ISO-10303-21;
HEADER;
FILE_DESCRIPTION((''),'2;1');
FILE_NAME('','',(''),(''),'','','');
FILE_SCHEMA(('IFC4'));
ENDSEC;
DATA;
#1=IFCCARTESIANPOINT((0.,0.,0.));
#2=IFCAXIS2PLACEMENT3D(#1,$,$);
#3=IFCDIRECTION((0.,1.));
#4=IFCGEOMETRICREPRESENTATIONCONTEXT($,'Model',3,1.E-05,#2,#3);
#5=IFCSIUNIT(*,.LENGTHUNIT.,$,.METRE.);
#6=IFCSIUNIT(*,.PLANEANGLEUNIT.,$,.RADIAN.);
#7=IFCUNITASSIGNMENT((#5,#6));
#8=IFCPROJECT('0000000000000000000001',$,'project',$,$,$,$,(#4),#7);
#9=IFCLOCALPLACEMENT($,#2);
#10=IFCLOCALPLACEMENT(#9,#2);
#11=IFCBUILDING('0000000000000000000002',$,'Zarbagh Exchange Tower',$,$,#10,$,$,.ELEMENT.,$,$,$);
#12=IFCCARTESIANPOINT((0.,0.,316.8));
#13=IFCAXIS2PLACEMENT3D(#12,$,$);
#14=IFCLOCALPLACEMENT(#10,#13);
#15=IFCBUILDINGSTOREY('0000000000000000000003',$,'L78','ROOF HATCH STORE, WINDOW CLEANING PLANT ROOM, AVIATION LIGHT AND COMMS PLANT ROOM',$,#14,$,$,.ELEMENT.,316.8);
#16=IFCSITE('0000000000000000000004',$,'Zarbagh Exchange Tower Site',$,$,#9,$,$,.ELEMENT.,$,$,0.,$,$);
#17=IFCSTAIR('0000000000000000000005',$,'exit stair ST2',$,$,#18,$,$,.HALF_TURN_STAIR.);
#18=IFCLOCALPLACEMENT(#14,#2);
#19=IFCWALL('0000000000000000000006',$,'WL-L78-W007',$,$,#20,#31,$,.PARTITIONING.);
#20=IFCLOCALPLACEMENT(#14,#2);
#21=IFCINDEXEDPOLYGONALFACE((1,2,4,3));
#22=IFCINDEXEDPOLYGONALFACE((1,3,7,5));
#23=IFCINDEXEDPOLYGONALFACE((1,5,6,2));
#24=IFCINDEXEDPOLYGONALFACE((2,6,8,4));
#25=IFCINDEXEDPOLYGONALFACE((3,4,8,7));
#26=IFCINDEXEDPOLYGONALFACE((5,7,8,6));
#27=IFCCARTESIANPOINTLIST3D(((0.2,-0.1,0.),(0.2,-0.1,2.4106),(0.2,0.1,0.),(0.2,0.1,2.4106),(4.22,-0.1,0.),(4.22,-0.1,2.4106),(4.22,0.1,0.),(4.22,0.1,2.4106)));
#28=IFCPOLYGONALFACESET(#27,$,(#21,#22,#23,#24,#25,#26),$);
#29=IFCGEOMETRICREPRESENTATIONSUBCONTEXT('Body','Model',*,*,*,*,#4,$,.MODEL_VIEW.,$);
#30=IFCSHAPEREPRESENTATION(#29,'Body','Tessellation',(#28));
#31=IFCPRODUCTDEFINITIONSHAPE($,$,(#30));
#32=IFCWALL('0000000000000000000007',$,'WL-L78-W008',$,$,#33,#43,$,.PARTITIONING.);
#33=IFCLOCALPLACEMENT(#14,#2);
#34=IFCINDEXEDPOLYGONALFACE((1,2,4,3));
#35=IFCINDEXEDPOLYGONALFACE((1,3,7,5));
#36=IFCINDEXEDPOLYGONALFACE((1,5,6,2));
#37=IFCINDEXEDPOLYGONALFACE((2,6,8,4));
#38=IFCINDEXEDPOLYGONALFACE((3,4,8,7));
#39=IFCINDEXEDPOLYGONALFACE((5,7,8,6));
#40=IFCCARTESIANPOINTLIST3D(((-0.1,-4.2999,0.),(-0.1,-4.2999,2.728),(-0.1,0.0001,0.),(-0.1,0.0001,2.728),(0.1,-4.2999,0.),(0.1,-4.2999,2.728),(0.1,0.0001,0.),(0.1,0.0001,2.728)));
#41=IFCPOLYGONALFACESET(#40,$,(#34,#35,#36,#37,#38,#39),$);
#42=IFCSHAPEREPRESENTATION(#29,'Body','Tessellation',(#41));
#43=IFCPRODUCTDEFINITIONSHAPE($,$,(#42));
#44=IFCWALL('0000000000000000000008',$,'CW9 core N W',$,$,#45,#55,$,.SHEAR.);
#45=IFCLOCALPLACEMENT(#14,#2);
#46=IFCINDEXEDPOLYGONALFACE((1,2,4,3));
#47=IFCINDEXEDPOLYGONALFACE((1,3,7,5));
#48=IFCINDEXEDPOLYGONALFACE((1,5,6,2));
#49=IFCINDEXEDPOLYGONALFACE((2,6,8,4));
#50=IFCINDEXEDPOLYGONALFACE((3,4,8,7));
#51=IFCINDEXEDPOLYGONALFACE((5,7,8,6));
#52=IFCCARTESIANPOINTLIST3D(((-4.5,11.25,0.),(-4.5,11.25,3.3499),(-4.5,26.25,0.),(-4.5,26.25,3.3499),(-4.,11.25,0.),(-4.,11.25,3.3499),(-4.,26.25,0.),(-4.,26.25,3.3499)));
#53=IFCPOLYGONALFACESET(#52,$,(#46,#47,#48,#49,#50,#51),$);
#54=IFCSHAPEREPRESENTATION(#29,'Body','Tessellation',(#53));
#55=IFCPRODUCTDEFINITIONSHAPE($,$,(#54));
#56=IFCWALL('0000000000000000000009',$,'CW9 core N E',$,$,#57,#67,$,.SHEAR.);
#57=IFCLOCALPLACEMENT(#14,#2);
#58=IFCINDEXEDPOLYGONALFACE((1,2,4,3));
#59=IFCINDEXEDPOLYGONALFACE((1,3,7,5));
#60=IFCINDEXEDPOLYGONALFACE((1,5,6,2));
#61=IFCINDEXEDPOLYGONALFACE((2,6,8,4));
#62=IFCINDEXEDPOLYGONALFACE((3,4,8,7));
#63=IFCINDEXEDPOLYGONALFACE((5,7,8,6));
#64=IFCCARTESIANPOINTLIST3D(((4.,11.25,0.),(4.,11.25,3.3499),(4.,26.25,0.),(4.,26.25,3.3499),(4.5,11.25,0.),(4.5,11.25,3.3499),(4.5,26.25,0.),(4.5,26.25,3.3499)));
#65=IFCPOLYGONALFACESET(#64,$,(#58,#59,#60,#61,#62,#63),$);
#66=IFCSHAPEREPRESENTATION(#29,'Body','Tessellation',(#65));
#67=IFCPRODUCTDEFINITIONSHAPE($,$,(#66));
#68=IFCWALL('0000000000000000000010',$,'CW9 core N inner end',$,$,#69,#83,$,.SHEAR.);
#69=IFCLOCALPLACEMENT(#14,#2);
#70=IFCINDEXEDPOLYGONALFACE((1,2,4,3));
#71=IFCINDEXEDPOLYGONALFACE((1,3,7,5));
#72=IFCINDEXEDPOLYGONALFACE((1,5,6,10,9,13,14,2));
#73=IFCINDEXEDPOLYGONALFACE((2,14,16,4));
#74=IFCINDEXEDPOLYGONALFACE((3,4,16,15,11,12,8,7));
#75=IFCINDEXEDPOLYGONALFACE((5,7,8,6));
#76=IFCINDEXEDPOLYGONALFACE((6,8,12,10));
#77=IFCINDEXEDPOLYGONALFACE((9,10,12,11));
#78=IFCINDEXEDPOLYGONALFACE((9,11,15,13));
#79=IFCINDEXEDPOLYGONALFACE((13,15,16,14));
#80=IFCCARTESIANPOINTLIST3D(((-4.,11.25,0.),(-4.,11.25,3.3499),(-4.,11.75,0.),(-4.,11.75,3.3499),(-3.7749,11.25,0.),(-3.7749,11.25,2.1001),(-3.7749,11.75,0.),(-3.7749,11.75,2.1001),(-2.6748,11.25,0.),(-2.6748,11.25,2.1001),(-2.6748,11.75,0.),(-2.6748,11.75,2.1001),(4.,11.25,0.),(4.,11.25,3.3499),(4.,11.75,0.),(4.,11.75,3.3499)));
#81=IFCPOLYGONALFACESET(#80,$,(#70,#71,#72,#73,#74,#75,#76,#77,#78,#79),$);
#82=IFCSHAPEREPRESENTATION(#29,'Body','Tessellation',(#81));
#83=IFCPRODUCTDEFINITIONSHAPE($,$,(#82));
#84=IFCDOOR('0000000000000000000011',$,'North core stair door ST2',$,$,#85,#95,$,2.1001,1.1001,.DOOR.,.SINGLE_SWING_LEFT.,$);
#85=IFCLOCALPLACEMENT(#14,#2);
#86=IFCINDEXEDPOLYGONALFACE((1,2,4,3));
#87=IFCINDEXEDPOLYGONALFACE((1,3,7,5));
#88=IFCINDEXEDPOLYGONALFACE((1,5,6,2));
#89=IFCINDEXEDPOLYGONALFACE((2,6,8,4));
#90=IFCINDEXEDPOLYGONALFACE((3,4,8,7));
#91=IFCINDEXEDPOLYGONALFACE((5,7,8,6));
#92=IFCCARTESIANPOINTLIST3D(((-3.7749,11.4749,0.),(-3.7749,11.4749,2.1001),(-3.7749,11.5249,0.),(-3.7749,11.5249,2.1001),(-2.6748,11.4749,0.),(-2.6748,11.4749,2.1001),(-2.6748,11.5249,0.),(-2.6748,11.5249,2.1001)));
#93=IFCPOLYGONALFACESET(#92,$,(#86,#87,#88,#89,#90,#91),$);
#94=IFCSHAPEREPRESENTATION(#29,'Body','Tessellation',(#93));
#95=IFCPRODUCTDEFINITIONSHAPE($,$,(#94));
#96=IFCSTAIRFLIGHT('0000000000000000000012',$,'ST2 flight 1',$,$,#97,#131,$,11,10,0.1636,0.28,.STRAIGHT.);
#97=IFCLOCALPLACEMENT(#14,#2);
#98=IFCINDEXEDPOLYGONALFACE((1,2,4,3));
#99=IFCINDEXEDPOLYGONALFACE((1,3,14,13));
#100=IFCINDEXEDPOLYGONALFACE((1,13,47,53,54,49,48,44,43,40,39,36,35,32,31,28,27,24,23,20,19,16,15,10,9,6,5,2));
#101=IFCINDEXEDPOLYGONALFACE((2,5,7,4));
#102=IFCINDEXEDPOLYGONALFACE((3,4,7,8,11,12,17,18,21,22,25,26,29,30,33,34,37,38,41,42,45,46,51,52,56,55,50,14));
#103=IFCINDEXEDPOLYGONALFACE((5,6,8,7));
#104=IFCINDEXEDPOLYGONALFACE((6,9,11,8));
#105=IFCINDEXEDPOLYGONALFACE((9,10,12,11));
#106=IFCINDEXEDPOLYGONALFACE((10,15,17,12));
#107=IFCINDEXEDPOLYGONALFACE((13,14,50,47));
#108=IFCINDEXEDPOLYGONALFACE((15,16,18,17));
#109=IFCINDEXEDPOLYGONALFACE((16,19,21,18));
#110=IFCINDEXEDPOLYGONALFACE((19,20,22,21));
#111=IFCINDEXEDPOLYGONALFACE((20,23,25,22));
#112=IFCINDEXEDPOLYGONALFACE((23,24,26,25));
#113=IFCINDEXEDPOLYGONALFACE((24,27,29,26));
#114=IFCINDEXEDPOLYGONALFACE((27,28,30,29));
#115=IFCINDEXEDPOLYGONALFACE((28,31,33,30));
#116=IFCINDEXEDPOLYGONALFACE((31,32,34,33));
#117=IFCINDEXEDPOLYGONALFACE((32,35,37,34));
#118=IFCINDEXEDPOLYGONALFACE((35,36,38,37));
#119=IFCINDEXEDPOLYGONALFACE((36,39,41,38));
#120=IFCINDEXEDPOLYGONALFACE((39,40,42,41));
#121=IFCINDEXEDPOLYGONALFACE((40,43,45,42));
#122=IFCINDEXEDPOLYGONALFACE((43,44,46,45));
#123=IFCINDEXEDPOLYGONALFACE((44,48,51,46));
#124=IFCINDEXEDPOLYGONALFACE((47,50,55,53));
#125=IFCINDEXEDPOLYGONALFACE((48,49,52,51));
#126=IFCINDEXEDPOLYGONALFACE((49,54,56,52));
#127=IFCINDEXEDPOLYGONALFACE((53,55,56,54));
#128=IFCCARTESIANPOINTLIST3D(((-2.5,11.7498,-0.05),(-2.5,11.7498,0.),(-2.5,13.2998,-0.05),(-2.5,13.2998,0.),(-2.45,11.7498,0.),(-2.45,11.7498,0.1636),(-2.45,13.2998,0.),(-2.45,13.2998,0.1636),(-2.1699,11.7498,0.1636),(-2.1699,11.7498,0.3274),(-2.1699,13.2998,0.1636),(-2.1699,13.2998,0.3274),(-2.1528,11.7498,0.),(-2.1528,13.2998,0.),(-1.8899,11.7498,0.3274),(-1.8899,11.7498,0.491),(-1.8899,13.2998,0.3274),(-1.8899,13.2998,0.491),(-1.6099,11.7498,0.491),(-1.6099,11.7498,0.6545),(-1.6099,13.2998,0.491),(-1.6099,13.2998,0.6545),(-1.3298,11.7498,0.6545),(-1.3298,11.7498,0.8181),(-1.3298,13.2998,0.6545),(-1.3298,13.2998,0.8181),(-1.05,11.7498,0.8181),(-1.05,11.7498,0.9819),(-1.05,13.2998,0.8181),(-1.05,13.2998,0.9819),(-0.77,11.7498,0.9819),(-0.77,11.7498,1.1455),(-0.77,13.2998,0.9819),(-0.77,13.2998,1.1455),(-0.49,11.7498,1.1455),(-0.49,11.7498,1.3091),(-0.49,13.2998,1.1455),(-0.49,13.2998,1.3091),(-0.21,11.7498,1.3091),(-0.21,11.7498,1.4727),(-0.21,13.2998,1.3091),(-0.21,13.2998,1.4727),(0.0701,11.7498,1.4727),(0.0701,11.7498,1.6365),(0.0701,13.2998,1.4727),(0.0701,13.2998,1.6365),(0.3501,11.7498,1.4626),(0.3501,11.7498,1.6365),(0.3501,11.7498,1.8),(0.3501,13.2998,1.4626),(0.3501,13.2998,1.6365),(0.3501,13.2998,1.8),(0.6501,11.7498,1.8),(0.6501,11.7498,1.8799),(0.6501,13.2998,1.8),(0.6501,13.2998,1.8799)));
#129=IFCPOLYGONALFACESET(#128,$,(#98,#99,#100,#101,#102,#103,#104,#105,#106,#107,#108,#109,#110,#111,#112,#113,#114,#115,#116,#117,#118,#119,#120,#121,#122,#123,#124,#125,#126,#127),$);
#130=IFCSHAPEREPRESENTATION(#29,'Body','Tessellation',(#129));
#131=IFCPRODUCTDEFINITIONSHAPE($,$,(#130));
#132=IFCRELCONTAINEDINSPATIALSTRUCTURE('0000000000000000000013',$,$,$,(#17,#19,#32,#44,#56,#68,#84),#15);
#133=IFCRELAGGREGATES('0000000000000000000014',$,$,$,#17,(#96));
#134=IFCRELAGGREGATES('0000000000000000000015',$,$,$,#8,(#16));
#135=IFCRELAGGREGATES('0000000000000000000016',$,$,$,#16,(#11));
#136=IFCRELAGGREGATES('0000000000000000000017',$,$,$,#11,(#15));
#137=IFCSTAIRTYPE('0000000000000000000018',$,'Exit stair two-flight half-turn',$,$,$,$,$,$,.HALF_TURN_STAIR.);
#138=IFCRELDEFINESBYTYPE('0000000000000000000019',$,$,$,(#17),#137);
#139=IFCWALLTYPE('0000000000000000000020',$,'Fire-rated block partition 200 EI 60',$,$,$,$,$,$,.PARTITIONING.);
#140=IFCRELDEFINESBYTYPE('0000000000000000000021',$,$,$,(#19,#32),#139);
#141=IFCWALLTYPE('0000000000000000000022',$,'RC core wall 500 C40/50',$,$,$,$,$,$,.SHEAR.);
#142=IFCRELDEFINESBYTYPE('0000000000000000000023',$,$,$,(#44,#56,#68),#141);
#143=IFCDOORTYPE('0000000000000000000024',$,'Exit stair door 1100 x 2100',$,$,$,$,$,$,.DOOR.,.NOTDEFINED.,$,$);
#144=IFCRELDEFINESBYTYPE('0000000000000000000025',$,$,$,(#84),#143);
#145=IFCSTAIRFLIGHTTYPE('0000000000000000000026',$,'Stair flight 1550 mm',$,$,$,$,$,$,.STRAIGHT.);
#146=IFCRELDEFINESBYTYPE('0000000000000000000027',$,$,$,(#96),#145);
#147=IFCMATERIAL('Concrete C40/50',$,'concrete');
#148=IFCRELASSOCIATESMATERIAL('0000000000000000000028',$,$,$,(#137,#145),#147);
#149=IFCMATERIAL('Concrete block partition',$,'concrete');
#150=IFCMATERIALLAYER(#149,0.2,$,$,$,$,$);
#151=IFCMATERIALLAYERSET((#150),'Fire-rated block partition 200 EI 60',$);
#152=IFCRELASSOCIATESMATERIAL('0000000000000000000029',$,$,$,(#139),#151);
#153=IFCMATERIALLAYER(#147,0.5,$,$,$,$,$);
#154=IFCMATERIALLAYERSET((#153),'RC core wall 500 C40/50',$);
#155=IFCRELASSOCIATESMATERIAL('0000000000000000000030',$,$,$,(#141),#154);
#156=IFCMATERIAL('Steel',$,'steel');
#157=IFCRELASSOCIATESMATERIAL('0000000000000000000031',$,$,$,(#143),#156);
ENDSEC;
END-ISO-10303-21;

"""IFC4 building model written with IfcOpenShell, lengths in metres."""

from ifc_helpers import new_model, si_unit, direction, frame, frame_2d, origin, place, context, subcontext, project, spatial, polyline, rectangle, outline, extrude, material, layer, layer_set, type_object, element, fill, aggregate, save


model = new_model("IFC4")

# Units and contexts
model_context = context("Model", 3, precision=1e-05, world=origin(), true_north=direction((0.0, 1.0)))
body_context = subcontext(model_context, "Body", "Model", "MODEL_VIEW")
ifc_project = project(units=[si_unit("LENGTHUNIT", "METRE"), si_unit("PLANEANGLEUNIT", "RADIAN")], contexts=[model_context])

# Site, building, storey
site_placement = place(None, origin())
site = spatial("IfcSite", under=ifc_project, at=site_placement, Name="Zarbagh Exchange Tower Site", CompositionType="ELEMENT", RefElevation=0.0)
building_placement = place(site_placement, origin())
building = spatial("IfcBuilding", under=site, at=building_placement, Name="Zarbagh Exchange Tower", CompositionType="ELEMENT")
storey_placement = place(building_placement, frame((0.0, 0.0, 316.8)))
storey = spatial("IfcBuildingStorey", under=building, at=storey_placement, Name="L78", Description="ROOF HATCH STORE, WINDOW CLEANING PLANT ROOM, AVIATION LIGHT AND COMMS PLANT ROOM", CompositionType="ELEMENT", Elevation=316.8)

# Stair
ifc_material_1 = material(Name="Concrete C40/50", Category="concrete")
stair_type = type_object("IfcStairType", Name="Exit stair two-flight half-turn", PredefinedType="HALF_TURN_STAIR", material=ifc_material_1)
stair_1_placement = place(storey_placement, origin())
stair_1 = element("IfcStair", 1, at=stair_1_placement, inside=storey, type_object=stair_type, Name="exit stair ST2", PredefinedType="HALF_TURN_STAIR")

# Shared definitions
ifc_material_2 = material(Name="Concrete block partition", Category="concrete")
ifc_layer_1 = layer(ifc_material_2, 0.2)
ifc_layer_set_1 = layer_set([ifc_layer_1], Name="Fire-rated block partition 200 EI 60")
wall_type_1 = type_object("IfcWallType", Name="Fire-rated block partition 200 EI 60", PredefinedType="PARTITIONING", material=ifc_layer_set_1)

# Walls
for number, where, z_axis, x_axis, name in (
    (2, (4.22, 0.0, 0.0), (0.0, 0.0, 1.0), (-1.0, 0.0, 0.0), "WL-L78-W007"),
):
    element("IfcWall", number, at=place(storey_placement, frame(where, z_axis=z_axis, x_axis=x_axis)), inside=storey, type_object=wall_type_1, Name=name, PredefinedType="PARTITIONING", context=body_context, shape_type="SweptSolid", body=[
        extrude(rectangle(XDim=4.02, YDim=0.2, at=frame_2d((2.01, 0.0))), origin(), (0.0, 0.0, 1.0), 2.4106),
    ])
wall_1_placement = place(storey_placement, frame((0.0, 0.0, 0.0), z_axis=(0.0, 0.0, 1.0), x_axis=(0.0, -1.0, 0.0)))
element("IfcWall", 3, at=wall_1_placement, inside=storey, type_object=wall_type_1, Name="WL-L78-W008", PredefinedType="PARTITIONING", context=body_context, shape_type="SweptSolid", body=[
    extrude(rectangle(XDim=4.3, YDim=0.2, at=frame_2d((2.1499, 0.0))), origin(), (0.0, 0.0, 1.0), 2.728),
])
ifc_layer_2 = layer(ifc_material_1, 0.5)
ifc_layer_set_2 = layer_set([ifc_layer_2], Name="RC core wall 500 C40/50")
wall_type_2 = type_object("IfcWallType", Name="RC core wall 500 C40/50", PredefinedType="SHEAR", material=ifc_layer_set_2)
for number, where, z_axis, x_axis, name in (
    (4, (-4.25, 11.25, 0.0), (0.0, 0.0, 1.0), (0.0, 1.0, 0.0), "CW9 core N W"),
    (5, (4.25, 11.25, 0.0), (0.0, 0.0, 1.0), (0.0, 1.0, 0.0), "CW9 core N E"),
):
    element("IfcWall", number, at=place(storey_placement, frame(where, z_axis=z_axis, x_axis=x_axis)), inside=storey, type_object=wall_type_2, Name=name, PredefinedType="SHEAR", context=body_context, shape_type="SweptSolid", body=[
        extrude(rectangle(XDim=15.0, YDim=0.5, at=frame_2d((7.5, 0.0))), origin(), (0.0, 0.0, 1.0), 3.3499),
    ])

# Wall, opening, door
wall_2_placement = place(storey_placement, frame((-4.0, 11.5, 0.0), z_axis=(0.0, 0.0, 1.0), x_axis=(1.0, 0.0, 0.0)))
wall_2 = element("IfcWall", 6, at=wall_2_placement, inside=storey, type_object=wall_type_2, Name="CW9 core N inner end", PredefinedType="SHEAR", context=body_context, shape_type="SweptSolid", body=[
    extrude(rectangle(XDim=8.0, YDim=0.5, at=frame_2d((4.0, 0.0))), origin(), (0.0, 0.0, 1.0), 3.3499),
])
opening_1_placement = place(wall_2_placement, frame((0.2251, 0.0, 0.0)))
opening_1 = element("IfcOpeningElement", 7, at=opening_1_placement, cuts=wall_2, PredefinedType="OPENING", context=body_context, shape_type="SweptSolid", body=[
    extrude(rectangle(XDim=1.1001, YDim=2.1001, at=frame_2d((0.55, 1.05))), frame((0.0, 0.26, 0.0), z_axis=(0.0, -1.0, 0.0), x_axis=(1.0, 0.0, 0.0)), (0.0, 0.0, 1.0), 0.52),
])
ifc_material_3 = material(Name="Steel", Category="steel")
door_type_1 = type_object("IfcDoorType", Name="Exit stair door 1100 x 2100", OperationType="NOTDEFINED", PredefinedType="DOOR", material=ifc_material_3)
door_1_placement = place(opening_1_placement, origin())
door_1 = element("IfcDoor", 8, at=door_1_placement, inside=storey, type_object=door_type_1, Name="North core stair door ST2", OperationType="SINGLE_SWING_LEFT", OverallHeight=2.1001, OverallWidth=1.1001, PredefinedType="DOOR", context=body_context, shape_type="SweptSolid", body=[
    extrude(rectangle(XDim=1.1001, YDim=2.1001, at=frame_2d((0.55, 1.05))), frame((0.0, 0.0249, 0.0), z_axis=(0.0, -1.0, 0.0), x_axis=(1.0, 0.0, 0.0)), (0.0, 0.0, 1.0), 0.05),
])
fill(opening_1, door_1)

# Stair flight
stair_flight_type = type_object("IfcStairFlightType", Name="Stair flight 1550 mm", PredefinedType="STRAIGHT", material=ifc_material_1)
stair_flight_placement = place(storey_placement, frame((-2.45, 12.5249, 0.0), z_axis=(0.0, 0.0, 1.0), x_axis=(1.0, 0.0, 0.0)))
stair_flight = element("IfcStairFlight", 9, at=stair_flight_placement, type_object=stair_flight_type, Name="ST2 flight 1", NumberOfRisers=11, NumberOfTreads=10, PredefinedType="STRAIGHT", RiserHeight=0.1636, TreadLength=0.28, context=body_context, shape_type="SweptSolid", body=[
    extrude(outline(polyline([(-0.05, -0.05), (-0.05, 0.0), (0.0, 0.0), (0.0, 0.1636), (0.28, 0.1636), (0.28, 0.3274), (0.5601, 0.3274), (0.5601, 0.491), (0.8401, 0.491), (0.8401, 0.6545), (1.1201, 0.6545), (1.1201, 0.8181), (1.3999, 0.8181), (1.3999, 0.9819), (1.6799, 0.9819), (1.6799, 1.1455), (1.96, 1.1455), (1.96, 1.3091), (2.24, 1.3091), (2.24, 1.4727), (2.52, 1.4727), (2.52, 1.6365), (2.8, 1.6365), (2.8, 1.8), (3.1001, 1.8799), (3.1001, 1.8), (2.8, 1.4626), (0.2971, 0.0), (-0.05, -0.05)])), frame((0.0, 0.7749, 0.0), z_axis=(0.0, -1.0, 0.0), x_axis=(1.0, 0.0, 0.0)), (0.0, 0.0, 1.0), 1.55),
])
aggregate(stair_1, [stair_flight])

save(model, "model.ifc")
